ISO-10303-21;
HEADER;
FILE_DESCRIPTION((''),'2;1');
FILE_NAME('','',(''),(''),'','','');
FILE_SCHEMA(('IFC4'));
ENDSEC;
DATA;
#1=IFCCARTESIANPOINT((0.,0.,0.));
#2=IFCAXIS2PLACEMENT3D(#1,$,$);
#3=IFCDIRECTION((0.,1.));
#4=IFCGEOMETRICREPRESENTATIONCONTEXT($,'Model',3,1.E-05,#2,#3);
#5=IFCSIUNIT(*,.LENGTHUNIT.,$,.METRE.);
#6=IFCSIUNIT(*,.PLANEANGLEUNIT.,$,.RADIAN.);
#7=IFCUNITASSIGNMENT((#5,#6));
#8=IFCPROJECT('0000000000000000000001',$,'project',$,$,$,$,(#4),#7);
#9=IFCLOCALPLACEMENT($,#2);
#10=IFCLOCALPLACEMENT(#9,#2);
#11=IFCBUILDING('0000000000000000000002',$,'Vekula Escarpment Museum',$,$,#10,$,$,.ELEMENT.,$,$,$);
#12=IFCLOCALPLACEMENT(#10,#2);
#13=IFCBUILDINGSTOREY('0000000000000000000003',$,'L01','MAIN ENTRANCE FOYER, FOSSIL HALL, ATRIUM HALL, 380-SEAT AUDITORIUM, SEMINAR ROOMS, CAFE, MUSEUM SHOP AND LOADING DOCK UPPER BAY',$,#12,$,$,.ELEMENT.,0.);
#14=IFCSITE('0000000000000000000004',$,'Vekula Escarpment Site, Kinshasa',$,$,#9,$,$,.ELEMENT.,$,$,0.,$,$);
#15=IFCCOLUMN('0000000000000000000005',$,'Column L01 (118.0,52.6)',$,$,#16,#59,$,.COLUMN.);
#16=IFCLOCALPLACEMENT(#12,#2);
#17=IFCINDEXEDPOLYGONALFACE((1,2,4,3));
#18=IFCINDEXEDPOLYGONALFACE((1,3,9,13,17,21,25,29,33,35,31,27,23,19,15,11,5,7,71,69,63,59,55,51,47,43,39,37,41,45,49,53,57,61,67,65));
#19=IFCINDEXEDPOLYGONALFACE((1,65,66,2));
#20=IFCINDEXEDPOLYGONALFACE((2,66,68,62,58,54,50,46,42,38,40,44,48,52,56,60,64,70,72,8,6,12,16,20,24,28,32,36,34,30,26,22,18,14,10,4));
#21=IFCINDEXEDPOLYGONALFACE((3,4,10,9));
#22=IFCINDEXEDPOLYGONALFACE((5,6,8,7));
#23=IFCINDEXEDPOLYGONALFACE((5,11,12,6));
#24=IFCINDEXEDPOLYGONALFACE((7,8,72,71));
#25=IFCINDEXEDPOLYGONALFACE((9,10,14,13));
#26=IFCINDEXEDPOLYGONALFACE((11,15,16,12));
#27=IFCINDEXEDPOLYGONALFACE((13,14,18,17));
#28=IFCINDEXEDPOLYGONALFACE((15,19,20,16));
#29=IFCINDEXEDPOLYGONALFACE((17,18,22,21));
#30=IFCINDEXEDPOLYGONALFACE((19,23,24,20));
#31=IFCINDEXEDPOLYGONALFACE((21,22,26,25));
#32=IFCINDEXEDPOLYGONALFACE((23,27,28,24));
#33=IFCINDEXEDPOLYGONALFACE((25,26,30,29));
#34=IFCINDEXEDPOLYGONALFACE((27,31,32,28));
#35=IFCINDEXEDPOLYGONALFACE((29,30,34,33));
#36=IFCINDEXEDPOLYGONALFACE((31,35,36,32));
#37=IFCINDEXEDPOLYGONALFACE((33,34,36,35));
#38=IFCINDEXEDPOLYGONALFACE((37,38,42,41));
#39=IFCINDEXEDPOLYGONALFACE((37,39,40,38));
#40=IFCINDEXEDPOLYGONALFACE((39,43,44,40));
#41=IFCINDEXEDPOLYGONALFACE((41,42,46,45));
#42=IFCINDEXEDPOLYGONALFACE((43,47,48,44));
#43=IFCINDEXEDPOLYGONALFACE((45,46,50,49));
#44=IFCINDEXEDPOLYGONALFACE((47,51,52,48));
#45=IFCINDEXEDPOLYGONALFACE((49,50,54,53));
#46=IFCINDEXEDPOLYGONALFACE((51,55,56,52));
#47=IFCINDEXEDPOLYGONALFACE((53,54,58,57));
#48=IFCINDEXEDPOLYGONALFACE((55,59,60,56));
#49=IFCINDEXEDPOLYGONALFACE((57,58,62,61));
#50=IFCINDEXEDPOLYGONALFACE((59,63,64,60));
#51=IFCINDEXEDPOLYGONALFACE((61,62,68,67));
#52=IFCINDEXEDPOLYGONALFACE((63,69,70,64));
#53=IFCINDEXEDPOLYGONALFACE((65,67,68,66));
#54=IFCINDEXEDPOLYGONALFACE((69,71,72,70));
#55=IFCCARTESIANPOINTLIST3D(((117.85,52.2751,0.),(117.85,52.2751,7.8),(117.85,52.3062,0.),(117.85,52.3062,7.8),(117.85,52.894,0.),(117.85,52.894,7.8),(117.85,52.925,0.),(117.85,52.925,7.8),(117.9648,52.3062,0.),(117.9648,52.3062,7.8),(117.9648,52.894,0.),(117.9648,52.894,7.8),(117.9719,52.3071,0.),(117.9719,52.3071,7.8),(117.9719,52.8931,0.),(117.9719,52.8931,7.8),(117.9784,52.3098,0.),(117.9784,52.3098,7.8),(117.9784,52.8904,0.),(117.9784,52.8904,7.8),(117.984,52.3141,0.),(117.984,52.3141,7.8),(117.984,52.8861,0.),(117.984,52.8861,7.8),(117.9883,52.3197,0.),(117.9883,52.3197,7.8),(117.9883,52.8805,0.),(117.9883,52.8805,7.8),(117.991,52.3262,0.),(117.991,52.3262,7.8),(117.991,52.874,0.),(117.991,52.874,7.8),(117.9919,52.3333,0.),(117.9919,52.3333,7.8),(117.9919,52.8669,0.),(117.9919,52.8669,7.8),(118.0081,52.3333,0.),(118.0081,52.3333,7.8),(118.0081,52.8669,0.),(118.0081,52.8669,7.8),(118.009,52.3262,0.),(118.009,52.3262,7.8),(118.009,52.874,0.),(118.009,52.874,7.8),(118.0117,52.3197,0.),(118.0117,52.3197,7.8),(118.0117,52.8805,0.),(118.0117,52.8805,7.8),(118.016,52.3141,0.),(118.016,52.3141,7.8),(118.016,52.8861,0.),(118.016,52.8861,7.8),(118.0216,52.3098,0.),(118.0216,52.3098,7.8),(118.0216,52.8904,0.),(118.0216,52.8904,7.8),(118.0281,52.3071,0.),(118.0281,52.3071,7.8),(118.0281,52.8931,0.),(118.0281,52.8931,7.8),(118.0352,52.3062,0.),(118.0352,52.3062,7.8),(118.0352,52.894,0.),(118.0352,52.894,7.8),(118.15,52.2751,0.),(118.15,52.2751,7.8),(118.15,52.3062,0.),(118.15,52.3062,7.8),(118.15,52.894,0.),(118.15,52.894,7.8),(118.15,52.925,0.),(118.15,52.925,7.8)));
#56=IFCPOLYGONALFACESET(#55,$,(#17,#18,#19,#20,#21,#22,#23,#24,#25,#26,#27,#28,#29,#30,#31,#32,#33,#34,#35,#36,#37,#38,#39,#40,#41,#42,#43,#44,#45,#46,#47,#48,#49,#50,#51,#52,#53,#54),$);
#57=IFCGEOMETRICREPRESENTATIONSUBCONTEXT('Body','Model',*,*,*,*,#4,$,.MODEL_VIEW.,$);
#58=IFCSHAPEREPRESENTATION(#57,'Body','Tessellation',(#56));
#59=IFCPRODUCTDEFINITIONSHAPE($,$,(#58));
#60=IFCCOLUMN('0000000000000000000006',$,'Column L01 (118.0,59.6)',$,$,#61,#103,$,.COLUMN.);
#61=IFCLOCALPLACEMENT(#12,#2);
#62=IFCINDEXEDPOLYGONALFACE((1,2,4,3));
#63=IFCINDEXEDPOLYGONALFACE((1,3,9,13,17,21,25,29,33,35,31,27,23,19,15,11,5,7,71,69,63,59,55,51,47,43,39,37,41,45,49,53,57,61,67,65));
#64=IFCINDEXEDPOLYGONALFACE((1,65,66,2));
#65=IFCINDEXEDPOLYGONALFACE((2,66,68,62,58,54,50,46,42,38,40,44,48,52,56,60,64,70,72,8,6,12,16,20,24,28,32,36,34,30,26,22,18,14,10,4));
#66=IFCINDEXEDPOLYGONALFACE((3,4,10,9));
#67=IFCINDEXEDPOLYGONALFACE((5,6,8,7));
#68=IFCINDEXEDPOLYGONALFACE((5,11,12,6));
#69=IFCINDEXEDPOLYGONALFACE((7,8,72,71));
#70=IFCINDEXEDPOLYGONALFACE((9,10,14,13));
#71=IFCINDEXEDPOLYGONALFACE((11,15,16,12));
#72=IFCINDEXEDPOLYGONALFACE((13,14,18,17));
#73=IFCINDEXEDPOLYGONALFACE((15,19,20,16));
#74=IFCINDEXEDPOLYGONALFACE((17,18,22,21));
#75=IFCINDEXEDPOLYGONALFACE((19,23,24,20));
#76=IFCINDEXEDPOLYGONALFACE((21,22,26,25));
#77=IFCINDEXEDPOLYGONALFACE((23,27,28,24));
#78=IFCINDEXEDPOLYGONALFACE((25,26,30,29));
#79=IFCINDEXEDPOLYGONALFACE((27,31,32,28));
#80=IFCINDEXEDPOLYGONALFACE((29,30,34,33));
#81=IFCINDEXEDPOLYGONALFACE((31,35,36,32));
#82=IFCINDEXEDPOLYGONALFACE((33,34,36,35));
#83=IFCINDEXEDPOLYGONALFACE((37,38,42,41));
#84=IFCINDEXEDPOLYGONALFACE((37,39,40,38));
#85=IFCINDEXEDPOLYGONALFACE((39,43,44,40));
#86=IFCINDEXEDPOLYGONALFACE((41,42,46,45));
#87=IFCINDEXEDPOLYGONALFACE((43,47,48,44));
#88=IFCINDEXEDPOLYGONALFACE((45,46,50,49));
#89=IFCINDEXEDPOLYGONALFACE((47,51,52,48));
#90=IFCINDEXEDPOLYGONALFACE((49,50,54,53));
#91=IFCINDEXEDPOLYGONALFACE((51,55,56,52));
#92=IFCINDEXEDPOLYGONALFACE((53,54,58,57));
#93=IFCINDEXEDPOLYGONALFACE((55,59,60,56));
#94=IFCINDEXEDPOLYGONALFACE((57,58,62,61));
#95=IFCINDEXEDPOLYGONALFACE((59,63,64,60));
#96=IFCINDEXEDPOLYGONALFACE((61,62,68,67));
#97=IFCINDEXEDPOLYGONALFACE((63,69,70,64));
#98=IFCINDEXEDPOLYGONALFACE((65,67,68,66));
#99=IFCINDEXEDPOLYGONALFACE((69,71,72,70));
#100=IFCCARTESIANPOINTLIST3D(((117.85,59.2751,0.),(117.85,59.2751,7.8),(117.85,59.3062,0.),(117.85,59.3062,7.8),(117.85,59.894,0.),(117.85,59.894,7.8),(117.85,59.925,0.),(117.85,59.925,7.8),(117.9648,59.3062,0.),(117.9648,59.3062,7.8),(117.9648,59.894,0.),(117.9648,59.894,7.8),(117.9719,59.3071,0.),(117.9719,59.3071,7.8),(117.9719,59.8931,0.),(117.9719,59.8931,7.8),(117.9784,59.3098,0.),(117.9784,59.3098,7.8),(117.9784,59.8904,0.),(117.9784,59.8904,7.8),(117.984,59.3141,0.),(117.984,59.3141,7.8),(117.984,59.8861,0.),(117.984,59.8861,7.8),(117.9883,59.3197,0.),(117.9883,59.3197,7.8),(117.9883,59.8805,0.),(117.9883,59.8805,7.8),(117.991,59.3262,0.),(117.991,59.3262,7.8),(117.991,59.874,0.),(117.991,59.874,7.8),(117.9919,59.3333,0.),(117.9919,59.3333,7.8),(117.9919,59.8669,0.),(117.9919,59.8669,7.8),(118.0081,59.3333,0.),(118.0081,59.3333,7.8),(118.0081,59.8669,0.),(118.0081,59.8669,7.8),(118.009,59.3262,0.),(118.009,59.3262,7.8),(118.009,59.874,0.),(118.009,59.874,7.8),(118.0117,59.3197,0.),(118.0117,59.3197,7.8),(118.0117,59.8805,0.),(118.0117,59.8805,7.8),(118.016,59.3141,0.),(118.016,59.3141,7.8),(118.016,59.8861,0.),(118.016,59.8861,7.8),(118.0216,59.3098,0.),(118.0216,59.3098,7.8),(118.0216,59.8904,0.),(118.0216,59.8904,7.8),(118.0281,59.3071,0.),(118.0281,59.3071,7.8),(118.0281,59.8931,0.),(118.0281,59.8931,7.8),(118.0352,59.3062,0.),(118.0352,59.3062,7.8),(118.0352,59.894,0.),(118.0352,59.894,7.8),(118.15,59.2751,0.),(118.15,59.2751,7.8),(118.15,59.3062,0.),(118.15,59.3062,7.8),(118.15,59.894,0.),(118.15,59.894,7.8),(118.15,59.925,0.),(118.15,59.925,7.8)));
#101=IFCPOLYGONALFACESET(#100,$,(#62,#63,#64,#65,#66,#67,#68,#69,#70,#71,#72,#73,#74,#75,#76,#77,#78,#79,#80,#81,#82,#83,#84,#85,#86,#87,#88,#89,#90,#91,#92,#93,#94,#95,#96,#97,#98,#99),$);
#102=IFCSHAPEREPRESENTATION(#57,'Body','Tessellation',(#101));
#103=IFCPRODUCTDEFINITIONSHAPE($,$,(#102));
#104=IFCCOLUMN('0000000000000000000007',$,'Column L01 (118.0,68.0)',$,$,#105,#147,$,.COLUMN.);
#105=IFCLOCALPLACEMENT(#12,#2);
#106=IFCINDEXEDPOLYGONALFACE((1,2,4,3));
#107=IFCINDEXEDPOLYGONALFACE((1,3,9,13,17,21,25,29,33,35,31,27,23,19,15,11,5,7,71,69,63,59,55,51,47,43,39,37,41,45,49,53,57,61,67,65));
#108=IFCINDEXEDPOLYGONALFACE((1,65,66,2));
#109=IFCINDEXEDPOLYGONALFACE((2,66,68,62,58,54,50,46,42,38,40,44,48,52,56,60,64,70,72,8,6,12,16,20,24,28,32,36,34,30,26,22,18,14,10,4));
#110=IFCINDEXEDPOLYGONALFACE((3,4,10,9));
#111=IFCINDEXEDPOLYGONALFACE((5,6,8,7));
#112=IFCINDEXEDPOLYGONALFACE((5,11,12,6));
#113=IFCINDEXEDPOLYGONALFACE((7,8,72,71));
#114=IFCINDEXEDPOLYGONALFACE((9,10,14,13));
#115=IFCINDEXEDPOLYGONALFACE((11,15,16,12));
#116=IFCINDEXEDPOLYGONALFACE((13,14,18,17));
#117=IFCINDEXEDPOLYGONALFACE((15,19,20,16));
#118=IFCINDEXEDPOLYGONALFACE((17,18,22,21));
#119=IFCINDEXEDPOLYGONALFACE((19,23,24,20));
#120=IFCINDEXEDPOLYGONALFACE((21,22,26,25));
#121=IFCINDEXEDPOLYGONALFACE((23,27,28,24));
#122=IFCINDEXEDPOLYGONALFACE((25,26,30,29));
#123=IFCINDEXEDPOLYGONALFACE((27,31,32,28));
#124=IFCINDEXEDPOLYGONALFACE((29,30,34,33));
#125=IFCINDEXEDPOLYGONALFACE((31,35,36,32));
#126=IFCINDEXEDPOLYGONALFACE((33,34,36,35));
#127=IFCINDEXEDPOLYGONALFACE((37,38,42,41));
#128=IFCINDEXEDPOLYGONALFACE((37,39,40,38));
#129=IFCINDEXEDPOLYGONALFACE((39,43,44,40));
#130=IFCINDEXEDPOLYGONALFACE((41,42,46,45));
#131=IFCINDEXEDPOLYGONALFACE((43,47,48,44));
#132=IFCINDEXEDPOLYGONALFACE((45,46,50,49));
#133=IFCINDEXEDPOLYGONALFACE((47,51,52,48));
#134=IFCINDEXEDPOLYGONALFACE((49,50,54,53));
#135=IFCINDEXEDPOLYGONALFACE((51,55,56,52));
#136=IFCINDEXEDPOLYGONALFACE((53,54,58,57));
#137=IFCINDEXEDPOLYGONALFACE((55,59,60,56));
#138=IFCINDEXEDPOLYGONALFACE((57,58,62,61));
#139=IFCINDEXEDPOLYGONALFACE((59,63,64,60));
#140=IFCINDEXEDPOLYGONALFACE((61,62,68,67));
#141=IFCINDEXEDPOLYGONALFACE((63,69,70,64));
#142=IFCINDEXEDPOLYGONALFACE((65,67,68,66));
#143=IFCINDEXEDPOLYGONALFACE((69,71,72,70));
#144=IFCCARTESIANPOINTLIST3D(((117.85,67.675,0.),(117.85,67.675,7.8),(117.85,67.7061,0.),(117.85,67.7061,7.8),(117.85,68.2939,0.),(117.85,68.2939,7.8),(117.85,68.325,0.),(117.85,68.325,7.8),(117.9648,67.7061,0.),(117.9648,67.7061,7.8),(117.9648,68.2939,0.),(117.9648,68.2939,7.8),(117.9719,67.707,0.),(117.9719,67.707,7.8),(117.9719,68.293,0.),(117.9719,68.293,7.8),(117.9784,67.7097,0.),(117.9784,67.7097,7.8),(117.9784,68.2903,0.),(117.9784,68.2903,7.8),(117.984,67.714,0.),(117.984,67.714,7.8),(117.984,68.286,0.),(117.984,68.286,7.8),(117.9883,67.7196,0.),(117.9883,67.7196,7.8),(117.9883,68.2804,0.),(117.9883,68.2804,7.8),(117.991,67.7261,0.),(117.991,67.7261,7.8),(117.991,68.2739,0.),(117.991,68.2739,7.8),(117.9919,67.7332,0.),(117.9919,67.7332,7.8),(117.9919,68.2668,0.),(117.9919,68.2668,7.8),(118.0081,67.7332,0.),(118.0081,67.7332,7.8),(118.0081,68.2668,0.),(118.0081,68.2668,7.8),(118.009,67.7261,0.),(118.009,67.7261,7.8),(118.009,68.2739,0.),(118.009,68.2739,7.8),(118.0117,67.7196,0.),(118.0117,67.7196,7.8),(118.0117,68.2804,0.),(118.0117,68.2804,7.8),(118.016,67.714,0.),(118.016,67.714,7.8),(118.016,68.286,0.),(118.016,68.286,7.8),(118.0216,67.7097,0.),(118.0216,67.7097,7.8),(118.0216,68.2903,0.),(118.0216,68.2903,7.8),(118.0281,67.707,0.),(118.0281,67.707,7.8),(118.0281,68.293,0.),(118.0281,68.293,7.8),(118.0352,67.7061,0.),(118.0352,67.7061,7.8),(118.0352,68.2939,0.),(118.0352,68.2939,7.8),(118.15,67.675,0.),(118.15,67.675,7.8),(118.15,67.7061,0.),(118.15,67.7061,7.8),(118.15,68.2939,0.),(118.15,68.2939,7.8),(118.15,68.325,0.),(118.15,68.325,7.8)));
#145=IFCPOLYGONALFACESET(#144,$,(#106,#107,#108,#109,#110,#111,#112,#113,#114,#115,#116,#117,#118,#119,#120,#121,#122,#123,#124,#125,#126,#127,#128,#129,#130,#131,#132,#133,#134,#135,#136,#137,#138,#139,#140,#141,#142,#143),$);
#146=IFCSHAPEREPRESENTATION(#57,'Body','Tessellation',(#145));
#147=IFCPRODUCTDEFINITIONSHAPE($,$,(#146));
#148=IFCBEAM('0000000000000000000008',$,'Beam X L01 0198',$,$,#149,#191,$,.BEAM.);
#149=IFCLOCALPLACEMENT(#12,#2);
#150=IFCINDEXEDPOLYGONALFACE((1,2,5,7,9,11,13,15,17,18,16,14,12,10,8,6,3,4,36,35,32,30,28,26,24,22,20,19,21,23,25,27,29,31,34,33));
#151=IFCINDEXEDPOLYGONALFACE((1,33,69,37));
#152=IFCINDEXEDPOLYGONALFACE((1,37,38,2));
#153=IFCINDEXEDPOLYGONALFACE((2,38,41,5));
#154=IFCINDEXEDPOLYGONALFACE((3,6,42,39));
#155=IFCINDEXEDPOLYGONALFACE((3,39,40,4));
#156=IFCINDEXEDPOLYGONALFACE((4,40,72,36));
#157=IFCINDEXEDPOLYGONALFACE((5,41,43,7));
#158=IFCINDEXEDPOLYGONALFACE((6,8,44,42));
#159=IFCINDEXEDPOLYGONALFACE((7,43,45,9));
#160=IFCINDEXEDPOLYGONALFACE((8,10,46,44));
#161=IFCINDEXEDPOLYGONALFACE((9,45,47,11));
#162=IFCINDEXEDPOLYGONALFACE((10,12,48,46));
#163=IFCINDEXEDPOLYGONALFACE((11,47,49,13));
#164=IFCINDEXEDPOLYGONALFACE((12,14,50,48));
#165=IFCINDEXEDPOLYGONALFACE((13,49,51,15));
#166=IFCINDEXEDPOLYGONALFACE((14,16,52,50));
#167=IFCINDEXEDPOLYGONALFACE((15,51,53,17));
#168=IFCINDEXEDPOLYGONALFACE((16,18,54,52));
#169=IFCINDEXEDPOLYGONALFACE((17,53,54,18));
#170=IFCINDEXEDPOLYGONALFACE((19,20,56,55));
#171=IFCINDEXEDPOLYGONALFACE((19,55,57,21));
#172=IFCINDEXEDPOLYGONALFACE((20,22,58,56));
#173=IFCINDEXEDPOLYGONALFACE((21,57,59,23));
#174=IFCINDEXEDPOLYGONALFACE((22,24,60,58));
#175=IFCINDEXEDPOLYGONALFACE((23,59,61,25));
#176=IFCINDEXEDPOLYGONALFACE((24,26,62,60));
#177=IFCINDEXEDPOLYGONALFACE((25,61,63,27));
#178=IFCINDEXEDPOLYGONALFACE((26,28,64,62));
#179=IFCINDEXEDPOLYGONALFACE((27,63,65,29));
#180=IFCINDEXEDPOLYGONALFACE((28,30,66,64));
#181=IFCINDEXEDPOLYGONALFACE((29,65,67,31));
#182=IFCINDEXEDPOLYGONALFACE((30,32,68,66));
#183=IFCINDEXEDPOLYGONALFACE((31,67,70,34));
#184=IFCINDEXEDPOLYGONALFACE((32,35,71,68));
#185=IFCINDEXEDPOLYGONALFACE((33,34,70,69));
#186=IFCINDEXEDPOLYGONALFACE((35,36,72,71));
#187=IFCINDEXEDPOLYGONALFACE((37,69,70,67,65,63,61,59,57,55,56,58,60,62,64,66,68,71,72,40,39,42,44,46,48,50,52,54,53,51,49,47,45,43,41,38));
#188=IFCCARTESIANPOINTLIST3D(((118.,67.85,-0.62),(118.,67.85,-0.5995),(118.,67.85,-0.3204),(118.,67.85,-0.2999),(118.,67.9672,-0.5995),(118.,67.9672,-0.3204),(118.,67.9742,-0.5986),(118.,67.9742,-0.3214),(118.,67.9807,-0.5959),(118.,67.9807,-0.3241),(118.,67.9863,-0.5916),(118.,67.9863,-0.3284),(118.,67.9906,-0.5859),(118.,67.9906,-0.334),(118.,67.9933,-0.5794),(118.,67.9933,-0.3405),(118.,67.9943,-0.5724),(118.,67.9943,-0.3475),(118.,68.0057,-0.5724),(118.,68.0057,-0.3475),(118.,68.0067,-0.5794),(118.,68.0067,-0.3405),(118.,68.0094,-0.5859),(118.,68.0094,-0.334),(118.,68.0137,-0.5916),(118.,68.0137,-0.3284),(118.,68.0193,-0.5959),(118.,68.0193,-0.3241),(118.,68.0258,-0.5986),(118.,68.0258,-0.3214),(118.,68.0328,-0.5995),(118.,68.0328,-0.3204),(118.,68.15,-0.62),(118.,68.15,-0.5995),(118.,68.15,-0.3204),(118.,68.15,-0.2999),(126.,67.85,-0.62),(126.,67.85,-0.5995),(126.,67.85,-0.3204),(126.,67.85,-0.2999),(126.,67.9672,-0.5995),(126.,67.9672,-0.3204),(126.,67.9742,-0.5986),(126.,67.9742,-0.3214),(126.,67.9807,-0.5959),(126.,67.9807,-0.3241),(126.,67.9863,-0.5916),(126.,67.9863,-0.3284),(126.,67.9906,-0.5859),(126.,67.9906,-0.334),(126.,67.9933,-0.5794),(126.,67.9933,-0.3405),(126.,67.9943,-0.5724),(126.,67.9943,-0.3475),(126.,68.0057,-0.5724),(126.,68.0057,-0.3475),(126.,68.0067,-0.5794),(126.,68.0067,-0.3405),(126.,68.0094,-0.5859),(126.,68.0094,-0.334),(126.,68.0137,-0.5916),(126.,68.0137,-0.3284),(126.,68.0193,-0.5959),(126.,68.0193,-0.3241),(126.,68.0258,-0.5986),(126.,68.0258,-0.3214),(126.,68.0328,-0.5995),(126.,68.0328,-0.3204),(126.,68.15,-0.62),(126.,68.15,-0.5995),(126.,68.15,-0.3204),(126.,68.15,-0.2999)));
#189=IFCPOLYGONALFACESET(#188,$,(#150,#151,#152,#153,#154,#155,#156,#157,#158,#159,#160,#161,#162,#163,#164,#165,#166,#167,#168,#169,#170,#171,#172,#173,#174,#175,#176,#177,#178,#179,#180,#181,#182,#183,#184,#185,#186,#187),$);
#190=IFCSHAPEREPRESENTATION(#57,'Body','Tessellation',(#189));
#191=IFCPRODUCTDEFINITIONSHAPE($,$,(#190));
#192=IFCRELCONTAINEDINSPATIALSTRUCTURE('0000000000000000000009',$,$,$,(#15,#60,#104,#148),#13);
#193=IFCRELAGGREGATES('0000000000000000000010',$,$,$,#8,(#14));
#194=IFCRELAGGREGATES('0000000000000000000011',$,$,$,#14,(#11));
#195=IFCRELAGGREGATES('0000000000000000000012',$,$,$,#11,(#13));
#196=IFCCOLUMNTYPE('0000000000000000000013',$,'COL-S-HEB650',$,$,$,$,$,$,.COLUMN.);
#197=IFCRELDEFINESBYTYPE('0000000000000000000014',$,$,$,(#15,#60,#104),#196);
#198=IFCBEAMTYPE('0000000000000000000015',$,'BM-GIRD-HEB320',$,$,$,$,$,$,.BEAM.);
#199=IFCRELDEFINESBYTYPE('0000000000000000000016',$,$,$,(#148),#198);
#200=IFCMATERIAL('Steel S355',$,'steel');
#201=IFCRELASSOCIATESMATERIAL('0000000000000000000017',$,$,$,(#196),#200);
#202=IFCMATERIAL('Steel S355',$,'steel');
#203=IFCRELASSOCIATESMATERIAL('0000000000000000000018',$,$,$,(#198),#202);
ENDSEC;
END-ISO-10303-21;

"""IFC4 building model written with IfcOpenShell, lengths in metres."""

from ifc_helpers import new_model, si_unit, direction, frame, origin, origin_2d, place, context, subcontext, project, spatial, i_section, extrude, material, material_profile, profile_set, type_object, element, save


model = new_model("IFC4")

# Units and contexts
model_context = context("Model", 3, precision=1e-05, world=origin(), true_north=direction((0.0, 1.0)))
body_context = subcontext(model_context, "Body", "Model", "MODEL_VIEW")
ifc_project = project(units=[si_unit("LENGTHUNIT", "METRE"), si_unit("PLANEANGLEUNIT", "RADIAN")], contexts=[model_context])

# Site, building, storey
site_placement = place(None, origin())
site = spatial("IfcSite", under=ifc_project, at=site_placement, Name="Vekula Escarpment Site, Kinshasa", CompositionType="ELEMENT", RefElevation=0.0)
building_placement = place(site_placement, origin())
building = spatial("IfcBuilding", under=site, at=building_placement, Name="Vekula Escarpment Museum", CompositionType="ELEMENT")
storey_placement = place(building_placement, origin())
storey = spatial("IfcBuildingStorey", under=building, at=storey_placement, Name="L01", Description="MAIN ENTRANCE FOYER, FOSSIL HALL, ATRIUM HALL, 380-SEAT AUDITORIUM, SEMINAR ROOMS, CAFE, MUSEUM SHOP AND LOADING DOCK UPPER BAY", CompositionType="ELEMENT", Elevation=0.0)

# Columns
ifc_material_1 = material(Name="Steel S355", Category="steel")
ifc_material_profile_1 = material_profile(ifc_material_1, i_section(OverallWidth=0.3, OverallDepth=0.6499, WebThickness=0.0161, FlangeThickness=0.031, FilletRadius=0.0271, at=origin_2d()), Name="HEB 650")
ifc_profile_set_1 = profile_set([ifc_material_profile_1], Name="Steel S355")
column_type = type_object("IfcColumnType", Name="COL-S-HEB650", PredefinedType="COLUMN", material=ifc_profile_set_1)
for number, where, z_axis, x_axis, name in (
    (1, (118.0, 52.6001, 0.0), (0.0, 0.0, 1.0), (1.0, 0.0, 0.0), "Column L01 (118.0,52.6)"),
    (2, (118.0, 59.6001, 0.0), (0.0, 0.0, 1.0), (1.0, 0.0, 0.0), "Column L01 (118.0,59.6)"),
    (3, (118.0, 68.0, 0.0), (0.0, 0.0, 1.0), (1.0, 0.0, 0.0), "Column L01 (118.0,68.0)"),
):
    element("IfcColumn", number, at=place(storey_placement, frame(where, z_axis=z_axis, x_axis=x_axis)), inside=storey, type_object=column_type, Name=name, PredefinedType="COLUMN", context=body_context, shape_type="SweptSolid", body=[
        extrude(i_section(OverallWidth=0.3, OverallDepth=0.6499, WebThickness=0.0161, FlangeThickness=0.031, FilletRadius=0.0271, at=origin_2d()), origin(), (0.0, 0.0, 1.0), 7.8),
    ])

# Beam
ifc_material_2 = material(Name="Steel S355", Category="steel")
ifc_material_profile_2 = material_profile(ifc_material_2, i_section(OverallWidth=0.3, OverallDepth=0.3201, WebThickness=0.0115, FlangeThickness=0.0205, FilletRadius=0.0271, at=origin_2d()), Name="HEB 320")
ifc_profile_set_2 = profile_set([ifc_material_profile_2], Name="Steel S355")
beam_type_1 = type_object("IfcBeamType", Name="BM-GIRD-HEB320", PredefinedType="BEAM", material=ifc_profile_set_2)
beam_1_placement = place(storey_placement, frame((118.0, 68.0, -0.46), z_axis=(1.0, 0.0, 0.0), x_axis=(0.0, 1.0, 0.0)))
element("IfcBeam", 4, at=beam_1_placement, inside=storey, type_object=beam_type_1, Name="Beam X L01 0198", PredefinedType="BEAM", context=body_context, shape_type="SweptSolid", body=[
    extrude(i_section(OverallWidth=0.3, OverallDepth=0.3201, WebThickness=0.0115, FlangeThickness=0.0205, FilletRadius=0.0271, at=origin_2d()), origin(), (0.0, 0.0, 1.0), 8.0),
])

save(model, "model.ifc")
